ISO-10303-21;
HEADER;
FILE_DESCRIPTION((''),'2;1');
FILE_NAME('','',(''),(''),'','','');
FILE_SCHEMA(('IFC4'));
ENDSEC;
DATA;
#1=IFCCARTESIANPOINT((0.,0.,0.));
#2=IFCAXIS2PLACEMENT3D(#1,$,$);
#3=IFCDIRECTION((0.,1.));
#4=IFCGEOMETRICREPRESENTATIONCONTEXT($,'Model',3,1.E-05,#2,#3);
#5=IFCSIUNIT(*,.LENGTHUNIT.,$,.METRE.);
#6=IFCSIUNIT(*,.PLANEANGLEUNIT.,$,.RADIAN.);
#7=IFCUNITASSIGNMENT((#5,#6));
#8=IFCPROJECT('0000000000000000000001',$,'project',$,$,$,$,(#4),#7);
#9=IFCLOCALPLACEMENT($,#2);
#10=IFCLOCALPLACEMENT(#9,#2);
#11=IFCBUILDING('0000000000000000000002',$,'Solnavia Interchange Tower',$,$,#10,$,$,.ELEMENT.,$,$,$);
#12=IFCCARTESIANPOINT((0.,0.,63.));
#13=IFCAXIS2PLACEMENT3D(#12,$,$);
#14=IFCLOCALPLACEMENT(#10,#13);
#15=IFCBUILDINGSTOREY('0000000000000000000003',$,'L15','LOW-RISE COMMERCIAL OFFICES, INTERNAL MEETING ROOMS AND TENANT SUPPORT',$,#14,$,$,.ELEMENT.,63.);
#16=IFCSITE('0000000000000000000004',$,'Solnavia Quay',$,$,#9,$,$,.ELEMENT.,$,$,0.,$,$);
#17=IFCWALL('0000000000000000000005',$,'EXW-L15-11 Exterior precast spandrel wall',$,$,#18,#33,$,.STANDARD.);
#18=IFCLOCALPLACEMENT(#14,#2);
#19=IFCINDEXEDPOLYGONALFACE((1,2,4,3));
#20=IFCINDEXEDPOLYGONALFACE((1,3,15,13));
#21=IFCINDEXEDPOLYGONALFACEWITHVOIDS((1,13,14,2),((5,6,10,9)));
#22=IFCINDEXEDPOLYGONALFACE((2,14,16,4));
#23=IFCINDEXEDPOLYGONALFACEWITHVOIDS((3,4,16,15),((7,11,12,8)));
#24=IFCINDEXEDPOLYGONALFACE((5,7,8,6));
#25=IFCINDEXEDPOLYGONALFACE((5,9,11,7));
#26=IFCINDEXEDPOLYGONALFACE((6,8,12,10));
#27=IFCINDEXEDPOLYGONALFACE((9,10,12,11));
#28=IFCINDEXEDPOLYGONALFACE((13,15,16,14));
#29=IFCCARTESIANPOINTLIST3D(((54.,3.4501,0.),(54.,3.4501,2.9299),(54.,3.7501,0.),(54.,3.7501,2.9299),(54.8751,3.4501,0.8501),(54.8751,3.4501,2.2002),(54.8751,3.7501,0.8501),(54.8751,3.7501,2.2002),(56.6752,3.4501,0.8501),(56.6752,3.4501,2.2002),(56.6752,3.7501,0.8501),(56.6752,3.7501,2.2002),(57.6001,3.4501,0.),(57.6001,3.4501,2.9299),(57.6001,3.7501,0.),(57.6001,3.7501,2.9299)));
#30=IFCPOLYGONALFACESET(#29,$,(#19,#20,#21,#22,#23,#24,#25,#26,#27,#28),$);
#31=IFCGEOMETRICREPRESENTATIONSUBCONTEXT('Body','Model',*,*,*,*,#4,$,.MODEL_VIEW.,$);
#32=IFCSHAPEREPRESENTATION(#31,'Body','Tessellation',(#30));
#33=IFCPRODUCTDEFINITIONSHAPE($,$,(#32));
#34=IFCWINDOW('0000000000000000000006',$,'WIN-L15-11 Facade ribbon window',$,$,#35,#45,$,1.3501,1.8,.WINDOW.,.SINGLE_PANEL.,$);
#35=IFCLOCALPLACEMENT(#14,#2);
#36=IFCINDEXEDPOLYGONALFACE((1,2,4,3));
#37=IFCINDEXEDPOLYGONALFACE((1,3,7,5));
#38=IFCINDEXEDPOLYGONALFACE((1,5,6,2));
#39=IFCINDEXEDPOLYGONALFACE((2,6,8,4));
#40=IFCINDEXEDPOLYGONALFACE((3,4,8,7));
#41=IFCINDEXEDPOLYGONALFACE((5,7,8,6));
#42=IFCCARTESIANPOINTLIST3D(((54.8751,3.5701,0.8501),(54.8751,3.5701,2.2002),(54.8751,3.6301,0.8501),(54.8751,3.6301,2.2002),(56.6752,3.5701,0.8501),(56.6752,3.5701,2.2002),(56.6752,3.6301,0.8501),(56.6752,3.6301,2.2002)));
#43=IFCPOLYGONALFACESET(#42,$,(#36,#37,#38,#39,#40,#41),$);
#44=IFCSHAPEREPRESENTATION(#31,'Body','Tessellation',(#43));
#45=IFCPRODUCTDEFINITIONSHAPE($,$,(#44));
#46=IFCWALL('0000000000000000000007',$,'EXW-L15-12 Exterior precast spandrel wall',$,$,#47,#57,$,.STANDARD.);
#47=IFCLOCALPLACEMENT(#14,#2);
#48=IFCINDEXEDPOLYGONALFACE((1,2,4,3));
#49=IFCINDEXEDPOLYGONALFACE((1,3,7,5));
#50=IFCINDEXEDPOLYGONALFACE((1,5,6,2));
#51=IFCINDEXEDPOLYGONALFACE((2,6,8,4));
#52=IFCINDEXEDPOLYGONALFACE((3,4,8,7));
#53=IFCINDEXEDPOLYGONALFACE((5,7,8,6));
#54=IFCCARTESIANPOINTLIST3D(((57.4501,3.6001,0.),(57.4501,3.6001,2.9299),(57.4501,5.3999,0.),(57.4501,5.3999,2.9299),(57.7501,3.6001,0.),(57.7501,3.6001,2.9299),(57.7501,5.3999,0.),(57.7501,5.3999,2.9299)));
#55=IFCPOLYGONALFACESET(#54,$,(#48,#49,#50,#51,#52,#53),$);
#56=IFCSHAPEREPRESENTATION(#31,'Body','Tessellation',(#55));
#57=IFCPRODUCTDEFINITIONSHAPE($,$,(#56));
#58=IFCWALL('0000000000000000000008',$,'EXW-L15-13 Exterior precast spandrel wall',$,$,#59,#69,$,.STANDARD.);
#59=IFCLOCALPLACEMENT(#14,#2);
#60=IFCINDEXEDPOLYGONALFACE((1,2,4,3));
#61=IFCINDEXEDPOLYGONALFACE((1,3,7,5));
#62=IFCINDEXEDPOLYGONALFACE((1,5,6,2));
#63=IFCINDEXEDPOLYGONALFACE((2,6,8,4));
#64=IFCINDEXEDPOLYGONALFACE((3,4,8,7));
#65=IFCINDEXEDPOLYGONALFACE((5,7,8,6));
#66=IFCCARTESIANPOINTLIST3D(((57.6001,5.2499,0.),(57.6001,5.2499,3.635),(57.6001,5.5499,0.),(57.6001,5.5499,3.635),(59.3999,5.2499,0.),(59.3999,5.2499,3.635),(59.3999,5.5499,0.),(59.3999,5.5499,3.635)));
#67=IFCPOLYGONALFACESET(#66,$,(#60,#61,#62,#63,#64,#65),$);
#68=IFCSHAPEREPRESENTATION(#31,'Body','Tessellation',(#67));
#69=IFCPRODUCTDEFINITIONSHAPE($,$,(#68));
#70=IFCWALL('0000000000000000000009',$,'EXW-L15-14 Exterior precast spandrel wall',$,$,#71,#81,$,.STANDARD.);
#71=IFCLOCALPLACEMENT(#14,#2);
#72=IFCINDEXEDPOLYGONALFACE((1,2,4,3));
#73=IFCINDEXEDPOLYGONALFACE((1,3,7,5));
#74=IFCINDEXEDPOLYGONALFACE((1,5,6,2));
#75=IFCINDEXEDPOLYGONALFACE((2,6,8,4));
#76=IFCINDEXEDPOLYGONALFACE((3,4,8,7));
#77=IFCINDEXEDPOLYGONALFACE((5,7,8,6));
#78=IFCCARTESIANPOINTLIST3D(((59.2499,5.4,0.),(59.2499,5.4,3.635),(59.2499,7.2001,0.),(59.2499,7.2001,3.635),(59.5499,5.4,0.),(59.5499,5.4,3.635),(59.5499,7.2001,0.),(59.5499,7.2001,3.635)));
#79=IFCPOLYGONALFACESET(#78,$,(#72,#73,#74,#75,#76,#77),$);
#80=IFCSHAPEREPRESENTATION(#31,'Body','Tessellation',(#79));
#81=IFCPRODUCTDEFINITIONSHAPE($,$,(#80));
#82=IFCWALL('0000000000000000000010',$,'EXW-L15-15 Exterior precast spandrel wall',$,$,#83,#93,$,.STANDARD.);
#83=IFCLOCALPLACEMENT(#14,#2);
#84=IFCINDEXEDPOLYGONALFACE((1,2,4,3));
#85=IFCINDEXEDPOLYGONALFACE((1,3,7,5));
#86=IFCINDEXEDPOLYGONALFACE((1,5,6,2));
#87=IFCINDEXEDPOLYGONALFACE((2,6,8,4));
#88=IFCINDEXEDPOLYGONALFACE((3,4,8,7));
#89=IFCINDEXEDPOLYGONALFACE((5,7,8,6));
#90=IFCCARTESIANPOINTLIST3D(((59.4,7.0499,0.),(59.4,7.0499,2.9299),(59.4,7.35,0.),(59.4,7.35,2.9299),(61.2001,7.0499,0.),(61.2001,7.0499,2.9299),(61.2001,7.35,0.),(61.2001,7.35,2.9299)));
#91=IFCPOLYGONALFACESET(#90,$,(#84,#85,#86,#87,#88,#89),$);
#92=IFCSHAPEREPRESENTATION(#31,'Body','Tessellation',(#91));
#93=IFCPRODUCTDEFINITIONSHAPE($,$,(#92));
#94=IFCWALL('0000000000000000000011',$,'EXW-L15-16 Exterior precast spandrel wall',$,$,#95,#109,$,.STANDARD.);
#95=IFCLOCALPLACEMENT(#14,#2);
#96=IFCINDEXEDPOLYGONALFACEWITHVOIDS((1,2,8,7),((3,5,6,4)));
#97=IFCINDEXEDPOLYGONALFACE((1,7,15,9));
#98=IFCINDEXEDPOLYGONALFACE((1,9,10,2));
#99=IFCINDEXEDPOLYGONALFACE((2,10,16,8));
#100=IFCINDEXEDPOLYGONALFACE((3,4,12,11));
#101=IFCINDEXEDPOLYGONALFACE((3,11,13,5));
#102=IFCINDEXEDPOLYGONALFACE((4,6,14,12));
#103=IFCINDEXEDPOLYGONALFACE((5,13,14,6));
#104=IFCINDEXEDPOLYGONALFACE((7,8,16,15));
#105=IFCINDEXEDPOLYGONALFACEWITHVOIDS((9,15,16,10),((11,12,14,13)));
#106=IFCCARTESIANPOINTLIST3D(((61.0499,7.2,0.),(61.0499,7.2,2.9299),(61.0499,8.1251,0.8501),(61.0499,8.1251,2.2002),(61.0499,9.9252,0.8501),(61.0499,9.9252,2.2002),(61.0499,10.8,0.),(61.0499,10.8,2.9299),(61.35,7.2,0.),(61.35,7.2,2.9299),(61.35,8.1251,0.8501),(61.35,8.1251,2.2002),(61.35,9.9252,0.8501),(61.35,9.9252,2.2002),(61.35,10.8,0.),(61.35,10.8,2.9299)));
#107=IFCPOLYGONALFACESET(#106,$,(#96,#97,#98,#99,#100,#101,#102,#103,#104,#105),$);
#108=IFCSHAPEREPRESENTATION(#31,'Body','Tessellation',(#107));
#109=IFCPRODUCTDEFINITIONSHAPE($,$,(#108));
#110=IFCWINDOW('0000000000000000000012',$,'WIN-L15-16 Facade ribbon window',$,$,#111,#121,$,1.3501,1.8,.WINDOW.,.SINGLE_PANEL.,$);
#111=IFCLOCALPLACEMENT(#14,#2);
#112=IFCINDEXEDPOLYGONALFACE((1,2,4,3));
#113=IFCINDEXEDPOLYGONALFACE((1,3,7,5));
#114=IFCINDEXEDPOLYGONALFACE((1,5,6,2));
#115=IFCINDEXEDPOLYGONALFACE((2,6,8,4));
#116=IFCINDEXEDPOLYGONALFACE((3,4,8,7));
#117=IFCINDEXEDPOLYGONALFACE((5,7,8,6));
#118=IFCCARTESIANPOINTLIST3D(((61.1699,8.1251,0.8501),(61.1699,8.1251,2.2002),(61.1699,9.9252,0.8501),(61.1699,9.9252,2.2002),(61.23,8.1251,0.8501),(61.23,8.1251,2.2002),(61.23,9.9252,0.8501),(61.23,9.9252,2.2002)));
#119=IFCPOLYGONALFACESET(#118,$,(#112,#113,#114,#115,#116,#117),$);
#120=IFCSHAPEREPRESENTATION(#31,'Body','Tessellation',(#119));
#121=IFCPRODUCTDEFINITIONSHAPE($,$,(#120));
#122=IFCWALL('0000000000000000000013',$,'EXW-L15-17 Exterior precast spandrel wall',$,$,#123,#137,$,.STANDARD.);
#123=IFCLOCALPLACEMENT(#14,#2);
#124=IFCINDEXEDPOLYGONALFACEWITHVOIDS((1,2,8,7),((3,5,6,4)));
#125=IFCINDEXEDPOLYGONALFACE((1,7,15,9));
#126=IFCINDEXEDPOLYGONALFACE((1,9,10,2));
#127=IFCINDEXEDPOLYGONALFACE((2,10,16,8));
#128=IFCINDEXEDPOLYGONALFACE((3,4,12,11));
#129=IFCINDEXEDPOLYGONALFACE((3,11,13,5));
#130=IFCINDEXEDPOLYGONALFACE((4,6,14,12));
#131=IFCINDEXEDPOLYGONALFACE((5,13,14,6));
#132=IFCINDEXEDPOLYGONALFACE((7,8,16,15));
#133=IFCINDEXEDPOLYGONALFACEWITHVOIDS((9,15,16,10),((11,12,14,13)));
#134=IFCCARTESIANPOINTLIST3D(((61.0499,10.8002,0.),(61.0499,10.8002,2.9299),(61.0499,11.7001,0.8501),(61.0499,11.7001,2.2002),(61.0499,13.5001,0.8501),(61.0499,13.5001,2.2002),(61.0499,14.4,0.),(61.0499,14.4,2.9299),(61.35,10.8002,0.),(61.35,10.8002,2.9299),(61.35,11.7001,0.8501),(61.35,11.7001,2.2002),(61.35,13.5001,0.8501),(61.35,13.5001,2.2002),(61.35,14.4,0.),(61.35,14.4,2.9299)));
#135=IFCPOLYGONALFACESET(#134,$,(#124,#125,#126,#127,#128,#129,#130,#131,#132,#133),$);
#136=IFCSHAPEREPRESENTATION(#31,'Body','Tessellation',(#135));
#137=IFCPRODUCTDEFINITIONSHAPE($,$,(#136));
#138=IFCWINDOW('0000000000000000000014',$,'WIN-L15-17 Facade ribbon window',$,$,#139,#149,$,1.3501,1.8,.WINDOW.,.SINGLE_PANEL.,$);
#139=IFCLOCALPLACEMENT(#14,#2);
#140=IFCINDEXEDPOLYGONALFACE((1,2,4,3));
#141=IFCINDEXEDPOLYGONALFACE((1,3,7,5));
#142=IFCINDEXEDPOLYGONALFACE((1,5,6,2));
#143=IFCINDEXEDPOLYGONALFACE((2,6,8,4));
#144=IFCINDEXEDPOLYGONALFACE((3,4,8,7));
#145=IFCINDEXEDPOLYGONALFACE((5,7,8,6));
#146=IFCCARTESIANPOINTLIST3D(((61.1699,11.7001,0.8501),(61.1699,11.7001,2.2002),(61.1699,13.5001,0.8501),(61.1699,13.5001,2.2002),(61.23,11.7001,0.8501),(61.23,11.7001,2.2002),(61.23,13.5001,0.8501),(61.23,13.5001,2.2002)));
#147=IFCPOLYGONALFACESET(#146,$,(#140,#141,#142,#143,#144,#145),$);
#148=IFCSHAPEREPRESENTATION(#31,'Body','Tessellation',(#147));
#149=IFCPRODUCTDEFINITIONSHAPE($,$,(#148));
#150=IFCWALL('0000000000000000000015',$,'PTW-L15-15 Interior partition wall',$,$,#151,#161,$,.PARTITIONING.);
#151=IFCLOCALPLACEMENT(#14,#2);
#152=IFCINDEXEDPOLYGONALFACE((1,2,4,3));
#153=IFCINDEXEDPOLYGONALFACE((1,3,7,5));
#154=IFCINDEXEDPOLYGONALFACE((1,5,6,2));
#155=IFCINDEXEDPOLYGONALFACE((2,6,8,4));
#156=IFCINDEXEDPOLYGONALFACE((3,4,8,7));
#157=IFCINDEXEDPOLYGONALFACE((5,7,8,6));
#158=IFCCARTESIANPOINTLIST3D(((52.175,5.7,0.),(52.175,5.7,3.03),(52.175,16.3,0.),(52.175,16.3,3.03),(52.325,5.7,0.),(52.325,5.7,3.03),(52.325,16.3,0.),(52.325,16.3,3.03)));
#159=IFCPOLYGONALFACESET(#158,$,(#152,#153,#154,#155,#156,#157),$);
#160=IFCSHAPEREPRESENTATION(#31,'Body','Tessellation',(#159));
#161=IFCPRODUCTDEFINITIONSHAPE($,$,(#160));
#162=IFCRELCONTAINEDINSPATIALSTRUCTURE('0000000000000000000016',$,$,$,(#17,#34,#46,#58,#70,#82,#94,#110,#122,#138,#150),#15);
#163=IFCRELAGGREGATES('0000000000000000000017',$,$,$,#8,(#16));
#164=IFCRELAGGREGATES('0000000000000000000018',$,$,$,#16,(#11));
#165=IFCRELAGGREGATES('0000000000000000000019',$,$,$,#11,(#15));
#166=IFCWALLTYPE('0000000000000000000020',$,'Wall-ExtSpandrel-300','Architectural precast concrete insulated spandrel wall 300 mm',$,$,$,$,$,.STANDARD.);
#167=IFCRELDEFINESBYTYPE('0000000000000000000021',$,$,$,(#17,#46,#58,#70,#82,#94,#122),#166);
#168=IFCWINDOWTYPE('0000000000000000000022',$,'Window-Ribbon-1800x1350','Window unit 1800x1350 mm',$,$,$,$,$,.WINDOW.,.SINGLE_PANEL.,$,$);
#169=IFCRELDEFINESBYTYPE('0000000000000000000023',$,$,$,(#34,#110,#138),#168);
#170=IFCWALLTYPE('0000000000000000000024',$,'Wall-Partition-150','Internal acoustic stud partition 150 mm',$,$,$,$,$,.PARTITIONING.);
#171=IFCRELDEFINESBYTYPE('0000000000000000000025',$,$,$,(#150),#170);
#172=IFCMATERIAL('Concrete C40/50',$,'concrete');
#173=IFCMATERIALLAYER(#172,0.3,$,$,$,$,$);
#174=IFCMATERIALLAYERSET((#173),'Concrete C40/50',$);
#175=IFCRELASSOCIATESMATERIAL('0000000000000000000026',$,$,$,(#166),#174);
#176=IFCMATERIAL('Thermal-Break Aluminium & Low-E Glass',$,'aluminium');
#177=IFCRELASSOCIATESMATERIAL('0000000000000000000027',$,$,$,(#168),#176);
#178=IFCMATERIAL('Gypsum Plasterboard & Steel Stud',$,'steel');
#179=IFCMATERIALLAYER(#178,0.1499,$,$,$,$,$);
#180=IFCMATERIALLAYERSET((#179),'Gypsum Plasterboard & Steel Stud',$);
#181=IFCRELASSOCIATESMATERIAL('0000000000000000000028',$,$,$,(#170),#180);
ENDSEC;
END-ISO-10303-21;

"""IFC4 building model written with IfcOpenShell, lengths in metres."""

from ifc_helpers import new_model, si_unit, direction, frame, frame_2d, origin, place, context, subcontext, project, spatial, rectangle, extrude, material, layer, layer_set, type_object, element, fill, save


model = new_model("IFC4")

# Units and contexts
model_context = context("Model", 3, precision=1e-05, world=origin(), true_north=direction((0.0, 1.0)))
body_context = subcontext(model_context, "Body", "Model", "MODEL_VIEW")
ifc_project = project(units=[si_unit("LENGTHUNIT", "METRE"), si_unit("PLANEANGLEUNIT", "RADIAN")], contexts=[model_context])

# Site, building, storey
site_placement = place(None, origin())
site = spatial("IfcSite", under=ifc_project, at=site_placement, Name="Solnavia Quay", CompositionType="ELEMENT", RefElevation=0.0)
building_placement = place(site_placement, origin())
building = spatial("IfcBuilding", under=site, at=building_placement, Name="Solnavia Interchange Tower", CompositionType="ELEMENT")
storey_placement = place(building_placement, frame((0.0, 0.0, 63.0)))
storey = spatial("IfcBuildingStorey", under=building, at=storey_placement, Name="L15", Description="LOW-RISE COMMERCIAL OFFICES, INTERNAL MEETING ROOMS AND TENANT SUPPORT", CompositionType="ELEMENT", Elevation=63.0)

# Wall, opening, window
ifc_material_1 = material(Name="Concrete C40/50", Category="concrete")
ifc_layer_1 = layer(ifc_material_1, 0.3)
ifc_layer_set_1 = layer_set([ifc_layer_1], Name="Concrete C40/50")
wall_type_1 = type_object("IfcWallType", Name="Wall-ExtSpandrel-300", Description="Architectural precast concrete insulated spandrel wall 300 mm", PredefinedType="STANDARD", material=ifc_layer_set_1)
ifc_material_2 = material(Name="Thermal-Break Aluminium & Low-E Glass", Category="aluminium")
window_type = type_object("IfcWindowType", Name="Window-Ribbon-1800x1350", Description="Window unit 1800x1350 mm", PartitioningType="SINGLE_PANEL", PredefinedType="WINDOW", material=ifc_material_2)
wall_1_placement = place(storey_placement, frame((57.6001, 3.6001, 0.0), z_axis=(0.0, 0.0, 1.0), x_axis=(-1.0, 0.0, 0.0)))
wall_1 = element("IfcWall", 1, at=wall_1_placement, inside=storey, type_object=wall_type_1, Name="EXW-L15-11 Exterior precast spandrel wall", PredefinedType="STANDARD", context=body_context, shape_type="SweptSolid", body=[
    extrude(rectangle(XDim=3.6001, YDim=0.3, at=frame_2d((1.8, 0.0))), origin(), (0.0, 0.0, 1.0), 2.9299),
])
opening_1_placement = place(wall_1_placement, frame((0.925, 0.0, 0.8501)))
opening_1 = element("IfcOpeningElement", 2, at=opening_1_placement, cuts=wall_1, PredefinedType="OPENING", context=body_context, shape_type="SweptSolid", body=[
    extrude(rectangle(XDim=1.8, YDim=1.3501, at=frame_2d((0.8999, 0.675))), frame((0.0, 0.1602, 0.0), z_axis=(0.0, -1.0, 0.0), x_axis=(1.0, 0.0, 0.0)), (0.0, 0.0, 1.0), 0.3201),
])
window_1_placement = place(opening_1_placement, origin())
window_1 = element("IfcWindow", 3, at=window_1_placement, inside=storey, type_object=window_type, Name="WIN-L15-11 Facade ribbon window", OverallHeight=1.3501, OverallWidth=1.8, PartitioningType="SINGLE_PANEL", PredefinedType="WINDOW", context=body_context, shape_type="SweptSolid", body=[
    extrude(rectangle(XDim=1.8, YDim=1.3501, at=frame_2d((0.8999, 0.675))), frame((0.0, 0.03, 0.0), z_axis=(0.0, -1.0, 0.0), x_axis=(1.0, 0.0, 0.0)), (0.0, 0.0, 1.0), 0.0601),
])
fill(opening_1, window_1)

# Walls
wall_2_placement = place(storey_placement, frame((57.6001, 5.3999, 0.0), z_axis=(0.0, 0.0, 1.0), x_axis=(0.0, -1.0, 0.0)))
element("IfcWall", 4, at=wall_2_placement, inside=storey, type_object=wall_type_1, Name="EXW-L15-12 Exterior precast spandrel wall", PredefinedType="STANDARD", context=body_context, shape_type="SweptSolid", body=[
    extrude(rectangle(XDim=1.7998, YDim=0.3, at=frame_2d((0.8999, 0.0))), origin(), (0.0, 0.0, 1.0), 2.9299),
])
wall_3_placement = place(storey_placement, frame((59.3999, 5.3999, 0.0), z_axis=(0.0, 0.0, 1.0), x_axis=(-1.0, 0.0, 0.0)))
element("IfcWall", 5, at=wall_3_placement, inside=storey, type_object=wall_type_1, Name="EXW-L15-13 Exterior precast spandrel wall", PredefinedType="STANDARD", context=body_context, shape_type="SweptSolid", body=[
    extrude(rectangle(XDim=1.7998, YDim=0.3, at=frame_2d((0.8999, 0.0))), origin(), (0.0, 0.0, 1.0), 3.635),
])
wall_4_placement = place(storey_placement, frame((59.3999, 7.2, 0.0), z_axis=(0.0, 0.0, 1.0), x_axis=(0.0, -1.0, 0.0)))
element("IfcWall", 6, at=wall_4_placement, inside=storey, type_object=wall_type_1, Name="EXW-L15-14 Exterior precast spandrel wall", PredefinedType="STANDARD", context=body_context, shape_type="SweptSolid", body=[
    extrude(rectangle(XDim=1.8, YDim=0.3, at=frame_2d((0.8999, 0.0))), origin(), (0.0, 0.0, 1.0), 3.635),
])
wall_5_placement = place(storey_placement, frame((61.2, 7.2, 0.0), z_axis=(0.0, 0.0, 1.0), x_axis=(-1.0, 0.0, 0.0)))
element("IfcWall", 7, at=wall_5_placement, inside=storey, type_object=wall_type_1, Name="EXW-L15-15 Exterior precast spandrel wall", PredefinedType="STANDARD", context=body_context, shape_type="SweptSolid", body=[
    extrude(rectangle(XDim=1.8, YDim=0.3, at=frame_2d((0.8999, 0.0))), origin(), (0.0, 0.0, 1.0), 2.9299),
])

# Walls, openings, windows
wall_6_placement = place(storey_placement, frame((61.2, 10.8, 0.0), z_axis=(0.0, 0.0, 1.0), x_axis=(0.0, -1.0, 0.0)))
wall_6 = element("IfcWall", 8, at=wall_6_placement, inside=storey, type_object=wall_type_1, Name="EXW-L15-16 Exterior precast spandrel wall", PredefinedType="STANDARD", context=body_context, shape_type="SweptSolid", body=[
    extrude(rectangle(XDim=3.6001, YDim=0.3, at=frame_2d((1.8, 0.0))), origin(), (0.0, 0.0, 1.0), 2.9299),
])
opening_2_placement = place(wall_6_placement, frame((0.875, 0.0, 0.8501)))
opening_2 = element("IfcOpeningElement", 9, at=opening_2_placement, cuts=wall_6, PredefinedType="OPENING", context=body_context, shape_type="SweptSolid", body=[
    extrude(rectangle(XDim=1.8, YDim=1.3501, at=frame_2d((0.8999, 0.675))), frame((0.0, 0.1602, 0.0), z_axis=(0.0, -1.0, 0.0), x_axis=(1.0, 0.0, 0.0)), (0.0, 0.0, 1.0), 0.3201),
])
window_2_placement = place(opening_2_placement, origin())
window_2 = element("IfcWindow", 10, at=window_2_placement, inside=storey, type_object=window_type, Name="WIN-L15-16 Facade ribbon window", OverallHeight=1.3501, OverallWidth=1.8, PartitioningType="SINGLE_PANEL", PredefinedType="WINDOW", context=body_context, shape_type="SweptSolid", body=[
    extrude(rectangle(XDim=1.8, YDim=1.3501, at=frame_2d((0.8999, 0.675))), frame((0.0, 0.03, 0.0), z_axis=(0.0, -1.0, 0.0), x_axis=(1.0, 0.0, 0.0)), (0.0, 0.0, 1.0), 0.0601),
])
fill(opening_2, window_2)
wall_7_placement = place(storey_placement, frame((61.2, 14.3999, 0.0), z_axis=(0.0, 0.0, 1.0), x_axis=(0.0, -1.0, 0.0)))
wall_7 = element("IfcWall", 11, at=wall_7_placement, inside=storey, type_object=wall_type_1, Name="EXW-L15-17 Exterior precast spandrel wall", PredefinedType="STANDARD", context=body_context, shape_type="SweptSolid", body=[
    extrude(rectangle(XDim=3.5999, YDim=0.3, at=frame_2d((1.7998, 0.0))), origin(), (0.0, 0.0, 1.0), 2.9299),
])
opening_3_placement = place(wall_7_placement, frame((0.8999, 0.0, 0.8501)))
opening_3 = element("IfcOpeningElement", 12, at=opening_3_placement, cuts=wall_7, PredefinedType="OPENING", context=body_context, shape_type="SweptSolid", body=[
    extrude(rectangle(XDim=1.8, YDim=1.3501, at=frame_2d((0.8999, 0.675))), frame((0.0, 0.1602, 0.0), z_axis=(0.0, -1.0, 0.0), x_axis=(1.0, 0.0, 0.0)), (0.0, 0.0, 1.0), 0.3201),
])
window_3_placement = place(opening_3_placement, origin())
window_3 = element("IfcWindow", 13, at=window_3_placement, inside=storey, type_object=window_type, Name="WIN-L15-17 Facade ribbon window", OverallHeight=1.3501, OverallWidth=1.8, PartitioningType="SINGLE_PANEL", PredefinedType="WINDOW", context=body_context, shape_type="SweptSolid", body=[
    extrude(rectangle(XDim=1.8, YDim=1.3501, at=frame_2d((0.8999, 0.675))), frame((0.0, 0.03, 0.0), z_axis=(0.0, -1.0, 0.0), x_axis=(1.0, 0.0, 0.0)), (0.0, 0.0, 1.0), 0.0601),
])
fill(opening_3, window_3)

# Wall
ifc_material_3 = material(Name="Gypsum Plasterboard & Steel Stud", Category="steel")
ifc_layer_2 = layer(ifc_material_3, 0.1499)
ifc_layer_set_2 = layer_set([ifc_layer_2], Name="Gypsum Plasterboard & Steel Stud")
wall_type_2 = type_object("IfcWallType", Name="Wall-Partition-150", Description="Internal acoustic stud partition 150 mm", PredefinedType="PARTITIONING", material=ifc_layer_set_2)
wall_8_placement = place(storey_placement, frame((52.25, 5.7, 0.0), z_axis=(0.0, 0.0, 1.0), x_axis=(0.0, 1.0, 0.0)))
element("IfcWall", 14, at=wall_8_placement, inside=storey, type_object=wall_type_2, Name="PTW-L15-15 Interior partition wall", PredefinedType="PARTITIONING", context=body_context, shape_type="SweptSolid", body=[
    extrude(rectangle(XDim=10.6001, YDim=0.1499, at=frame_2d((5.3, 0.0))), origin(), (0.0, 0.0, 1.0), 3.03),
])

save(model, "model.ifc")
